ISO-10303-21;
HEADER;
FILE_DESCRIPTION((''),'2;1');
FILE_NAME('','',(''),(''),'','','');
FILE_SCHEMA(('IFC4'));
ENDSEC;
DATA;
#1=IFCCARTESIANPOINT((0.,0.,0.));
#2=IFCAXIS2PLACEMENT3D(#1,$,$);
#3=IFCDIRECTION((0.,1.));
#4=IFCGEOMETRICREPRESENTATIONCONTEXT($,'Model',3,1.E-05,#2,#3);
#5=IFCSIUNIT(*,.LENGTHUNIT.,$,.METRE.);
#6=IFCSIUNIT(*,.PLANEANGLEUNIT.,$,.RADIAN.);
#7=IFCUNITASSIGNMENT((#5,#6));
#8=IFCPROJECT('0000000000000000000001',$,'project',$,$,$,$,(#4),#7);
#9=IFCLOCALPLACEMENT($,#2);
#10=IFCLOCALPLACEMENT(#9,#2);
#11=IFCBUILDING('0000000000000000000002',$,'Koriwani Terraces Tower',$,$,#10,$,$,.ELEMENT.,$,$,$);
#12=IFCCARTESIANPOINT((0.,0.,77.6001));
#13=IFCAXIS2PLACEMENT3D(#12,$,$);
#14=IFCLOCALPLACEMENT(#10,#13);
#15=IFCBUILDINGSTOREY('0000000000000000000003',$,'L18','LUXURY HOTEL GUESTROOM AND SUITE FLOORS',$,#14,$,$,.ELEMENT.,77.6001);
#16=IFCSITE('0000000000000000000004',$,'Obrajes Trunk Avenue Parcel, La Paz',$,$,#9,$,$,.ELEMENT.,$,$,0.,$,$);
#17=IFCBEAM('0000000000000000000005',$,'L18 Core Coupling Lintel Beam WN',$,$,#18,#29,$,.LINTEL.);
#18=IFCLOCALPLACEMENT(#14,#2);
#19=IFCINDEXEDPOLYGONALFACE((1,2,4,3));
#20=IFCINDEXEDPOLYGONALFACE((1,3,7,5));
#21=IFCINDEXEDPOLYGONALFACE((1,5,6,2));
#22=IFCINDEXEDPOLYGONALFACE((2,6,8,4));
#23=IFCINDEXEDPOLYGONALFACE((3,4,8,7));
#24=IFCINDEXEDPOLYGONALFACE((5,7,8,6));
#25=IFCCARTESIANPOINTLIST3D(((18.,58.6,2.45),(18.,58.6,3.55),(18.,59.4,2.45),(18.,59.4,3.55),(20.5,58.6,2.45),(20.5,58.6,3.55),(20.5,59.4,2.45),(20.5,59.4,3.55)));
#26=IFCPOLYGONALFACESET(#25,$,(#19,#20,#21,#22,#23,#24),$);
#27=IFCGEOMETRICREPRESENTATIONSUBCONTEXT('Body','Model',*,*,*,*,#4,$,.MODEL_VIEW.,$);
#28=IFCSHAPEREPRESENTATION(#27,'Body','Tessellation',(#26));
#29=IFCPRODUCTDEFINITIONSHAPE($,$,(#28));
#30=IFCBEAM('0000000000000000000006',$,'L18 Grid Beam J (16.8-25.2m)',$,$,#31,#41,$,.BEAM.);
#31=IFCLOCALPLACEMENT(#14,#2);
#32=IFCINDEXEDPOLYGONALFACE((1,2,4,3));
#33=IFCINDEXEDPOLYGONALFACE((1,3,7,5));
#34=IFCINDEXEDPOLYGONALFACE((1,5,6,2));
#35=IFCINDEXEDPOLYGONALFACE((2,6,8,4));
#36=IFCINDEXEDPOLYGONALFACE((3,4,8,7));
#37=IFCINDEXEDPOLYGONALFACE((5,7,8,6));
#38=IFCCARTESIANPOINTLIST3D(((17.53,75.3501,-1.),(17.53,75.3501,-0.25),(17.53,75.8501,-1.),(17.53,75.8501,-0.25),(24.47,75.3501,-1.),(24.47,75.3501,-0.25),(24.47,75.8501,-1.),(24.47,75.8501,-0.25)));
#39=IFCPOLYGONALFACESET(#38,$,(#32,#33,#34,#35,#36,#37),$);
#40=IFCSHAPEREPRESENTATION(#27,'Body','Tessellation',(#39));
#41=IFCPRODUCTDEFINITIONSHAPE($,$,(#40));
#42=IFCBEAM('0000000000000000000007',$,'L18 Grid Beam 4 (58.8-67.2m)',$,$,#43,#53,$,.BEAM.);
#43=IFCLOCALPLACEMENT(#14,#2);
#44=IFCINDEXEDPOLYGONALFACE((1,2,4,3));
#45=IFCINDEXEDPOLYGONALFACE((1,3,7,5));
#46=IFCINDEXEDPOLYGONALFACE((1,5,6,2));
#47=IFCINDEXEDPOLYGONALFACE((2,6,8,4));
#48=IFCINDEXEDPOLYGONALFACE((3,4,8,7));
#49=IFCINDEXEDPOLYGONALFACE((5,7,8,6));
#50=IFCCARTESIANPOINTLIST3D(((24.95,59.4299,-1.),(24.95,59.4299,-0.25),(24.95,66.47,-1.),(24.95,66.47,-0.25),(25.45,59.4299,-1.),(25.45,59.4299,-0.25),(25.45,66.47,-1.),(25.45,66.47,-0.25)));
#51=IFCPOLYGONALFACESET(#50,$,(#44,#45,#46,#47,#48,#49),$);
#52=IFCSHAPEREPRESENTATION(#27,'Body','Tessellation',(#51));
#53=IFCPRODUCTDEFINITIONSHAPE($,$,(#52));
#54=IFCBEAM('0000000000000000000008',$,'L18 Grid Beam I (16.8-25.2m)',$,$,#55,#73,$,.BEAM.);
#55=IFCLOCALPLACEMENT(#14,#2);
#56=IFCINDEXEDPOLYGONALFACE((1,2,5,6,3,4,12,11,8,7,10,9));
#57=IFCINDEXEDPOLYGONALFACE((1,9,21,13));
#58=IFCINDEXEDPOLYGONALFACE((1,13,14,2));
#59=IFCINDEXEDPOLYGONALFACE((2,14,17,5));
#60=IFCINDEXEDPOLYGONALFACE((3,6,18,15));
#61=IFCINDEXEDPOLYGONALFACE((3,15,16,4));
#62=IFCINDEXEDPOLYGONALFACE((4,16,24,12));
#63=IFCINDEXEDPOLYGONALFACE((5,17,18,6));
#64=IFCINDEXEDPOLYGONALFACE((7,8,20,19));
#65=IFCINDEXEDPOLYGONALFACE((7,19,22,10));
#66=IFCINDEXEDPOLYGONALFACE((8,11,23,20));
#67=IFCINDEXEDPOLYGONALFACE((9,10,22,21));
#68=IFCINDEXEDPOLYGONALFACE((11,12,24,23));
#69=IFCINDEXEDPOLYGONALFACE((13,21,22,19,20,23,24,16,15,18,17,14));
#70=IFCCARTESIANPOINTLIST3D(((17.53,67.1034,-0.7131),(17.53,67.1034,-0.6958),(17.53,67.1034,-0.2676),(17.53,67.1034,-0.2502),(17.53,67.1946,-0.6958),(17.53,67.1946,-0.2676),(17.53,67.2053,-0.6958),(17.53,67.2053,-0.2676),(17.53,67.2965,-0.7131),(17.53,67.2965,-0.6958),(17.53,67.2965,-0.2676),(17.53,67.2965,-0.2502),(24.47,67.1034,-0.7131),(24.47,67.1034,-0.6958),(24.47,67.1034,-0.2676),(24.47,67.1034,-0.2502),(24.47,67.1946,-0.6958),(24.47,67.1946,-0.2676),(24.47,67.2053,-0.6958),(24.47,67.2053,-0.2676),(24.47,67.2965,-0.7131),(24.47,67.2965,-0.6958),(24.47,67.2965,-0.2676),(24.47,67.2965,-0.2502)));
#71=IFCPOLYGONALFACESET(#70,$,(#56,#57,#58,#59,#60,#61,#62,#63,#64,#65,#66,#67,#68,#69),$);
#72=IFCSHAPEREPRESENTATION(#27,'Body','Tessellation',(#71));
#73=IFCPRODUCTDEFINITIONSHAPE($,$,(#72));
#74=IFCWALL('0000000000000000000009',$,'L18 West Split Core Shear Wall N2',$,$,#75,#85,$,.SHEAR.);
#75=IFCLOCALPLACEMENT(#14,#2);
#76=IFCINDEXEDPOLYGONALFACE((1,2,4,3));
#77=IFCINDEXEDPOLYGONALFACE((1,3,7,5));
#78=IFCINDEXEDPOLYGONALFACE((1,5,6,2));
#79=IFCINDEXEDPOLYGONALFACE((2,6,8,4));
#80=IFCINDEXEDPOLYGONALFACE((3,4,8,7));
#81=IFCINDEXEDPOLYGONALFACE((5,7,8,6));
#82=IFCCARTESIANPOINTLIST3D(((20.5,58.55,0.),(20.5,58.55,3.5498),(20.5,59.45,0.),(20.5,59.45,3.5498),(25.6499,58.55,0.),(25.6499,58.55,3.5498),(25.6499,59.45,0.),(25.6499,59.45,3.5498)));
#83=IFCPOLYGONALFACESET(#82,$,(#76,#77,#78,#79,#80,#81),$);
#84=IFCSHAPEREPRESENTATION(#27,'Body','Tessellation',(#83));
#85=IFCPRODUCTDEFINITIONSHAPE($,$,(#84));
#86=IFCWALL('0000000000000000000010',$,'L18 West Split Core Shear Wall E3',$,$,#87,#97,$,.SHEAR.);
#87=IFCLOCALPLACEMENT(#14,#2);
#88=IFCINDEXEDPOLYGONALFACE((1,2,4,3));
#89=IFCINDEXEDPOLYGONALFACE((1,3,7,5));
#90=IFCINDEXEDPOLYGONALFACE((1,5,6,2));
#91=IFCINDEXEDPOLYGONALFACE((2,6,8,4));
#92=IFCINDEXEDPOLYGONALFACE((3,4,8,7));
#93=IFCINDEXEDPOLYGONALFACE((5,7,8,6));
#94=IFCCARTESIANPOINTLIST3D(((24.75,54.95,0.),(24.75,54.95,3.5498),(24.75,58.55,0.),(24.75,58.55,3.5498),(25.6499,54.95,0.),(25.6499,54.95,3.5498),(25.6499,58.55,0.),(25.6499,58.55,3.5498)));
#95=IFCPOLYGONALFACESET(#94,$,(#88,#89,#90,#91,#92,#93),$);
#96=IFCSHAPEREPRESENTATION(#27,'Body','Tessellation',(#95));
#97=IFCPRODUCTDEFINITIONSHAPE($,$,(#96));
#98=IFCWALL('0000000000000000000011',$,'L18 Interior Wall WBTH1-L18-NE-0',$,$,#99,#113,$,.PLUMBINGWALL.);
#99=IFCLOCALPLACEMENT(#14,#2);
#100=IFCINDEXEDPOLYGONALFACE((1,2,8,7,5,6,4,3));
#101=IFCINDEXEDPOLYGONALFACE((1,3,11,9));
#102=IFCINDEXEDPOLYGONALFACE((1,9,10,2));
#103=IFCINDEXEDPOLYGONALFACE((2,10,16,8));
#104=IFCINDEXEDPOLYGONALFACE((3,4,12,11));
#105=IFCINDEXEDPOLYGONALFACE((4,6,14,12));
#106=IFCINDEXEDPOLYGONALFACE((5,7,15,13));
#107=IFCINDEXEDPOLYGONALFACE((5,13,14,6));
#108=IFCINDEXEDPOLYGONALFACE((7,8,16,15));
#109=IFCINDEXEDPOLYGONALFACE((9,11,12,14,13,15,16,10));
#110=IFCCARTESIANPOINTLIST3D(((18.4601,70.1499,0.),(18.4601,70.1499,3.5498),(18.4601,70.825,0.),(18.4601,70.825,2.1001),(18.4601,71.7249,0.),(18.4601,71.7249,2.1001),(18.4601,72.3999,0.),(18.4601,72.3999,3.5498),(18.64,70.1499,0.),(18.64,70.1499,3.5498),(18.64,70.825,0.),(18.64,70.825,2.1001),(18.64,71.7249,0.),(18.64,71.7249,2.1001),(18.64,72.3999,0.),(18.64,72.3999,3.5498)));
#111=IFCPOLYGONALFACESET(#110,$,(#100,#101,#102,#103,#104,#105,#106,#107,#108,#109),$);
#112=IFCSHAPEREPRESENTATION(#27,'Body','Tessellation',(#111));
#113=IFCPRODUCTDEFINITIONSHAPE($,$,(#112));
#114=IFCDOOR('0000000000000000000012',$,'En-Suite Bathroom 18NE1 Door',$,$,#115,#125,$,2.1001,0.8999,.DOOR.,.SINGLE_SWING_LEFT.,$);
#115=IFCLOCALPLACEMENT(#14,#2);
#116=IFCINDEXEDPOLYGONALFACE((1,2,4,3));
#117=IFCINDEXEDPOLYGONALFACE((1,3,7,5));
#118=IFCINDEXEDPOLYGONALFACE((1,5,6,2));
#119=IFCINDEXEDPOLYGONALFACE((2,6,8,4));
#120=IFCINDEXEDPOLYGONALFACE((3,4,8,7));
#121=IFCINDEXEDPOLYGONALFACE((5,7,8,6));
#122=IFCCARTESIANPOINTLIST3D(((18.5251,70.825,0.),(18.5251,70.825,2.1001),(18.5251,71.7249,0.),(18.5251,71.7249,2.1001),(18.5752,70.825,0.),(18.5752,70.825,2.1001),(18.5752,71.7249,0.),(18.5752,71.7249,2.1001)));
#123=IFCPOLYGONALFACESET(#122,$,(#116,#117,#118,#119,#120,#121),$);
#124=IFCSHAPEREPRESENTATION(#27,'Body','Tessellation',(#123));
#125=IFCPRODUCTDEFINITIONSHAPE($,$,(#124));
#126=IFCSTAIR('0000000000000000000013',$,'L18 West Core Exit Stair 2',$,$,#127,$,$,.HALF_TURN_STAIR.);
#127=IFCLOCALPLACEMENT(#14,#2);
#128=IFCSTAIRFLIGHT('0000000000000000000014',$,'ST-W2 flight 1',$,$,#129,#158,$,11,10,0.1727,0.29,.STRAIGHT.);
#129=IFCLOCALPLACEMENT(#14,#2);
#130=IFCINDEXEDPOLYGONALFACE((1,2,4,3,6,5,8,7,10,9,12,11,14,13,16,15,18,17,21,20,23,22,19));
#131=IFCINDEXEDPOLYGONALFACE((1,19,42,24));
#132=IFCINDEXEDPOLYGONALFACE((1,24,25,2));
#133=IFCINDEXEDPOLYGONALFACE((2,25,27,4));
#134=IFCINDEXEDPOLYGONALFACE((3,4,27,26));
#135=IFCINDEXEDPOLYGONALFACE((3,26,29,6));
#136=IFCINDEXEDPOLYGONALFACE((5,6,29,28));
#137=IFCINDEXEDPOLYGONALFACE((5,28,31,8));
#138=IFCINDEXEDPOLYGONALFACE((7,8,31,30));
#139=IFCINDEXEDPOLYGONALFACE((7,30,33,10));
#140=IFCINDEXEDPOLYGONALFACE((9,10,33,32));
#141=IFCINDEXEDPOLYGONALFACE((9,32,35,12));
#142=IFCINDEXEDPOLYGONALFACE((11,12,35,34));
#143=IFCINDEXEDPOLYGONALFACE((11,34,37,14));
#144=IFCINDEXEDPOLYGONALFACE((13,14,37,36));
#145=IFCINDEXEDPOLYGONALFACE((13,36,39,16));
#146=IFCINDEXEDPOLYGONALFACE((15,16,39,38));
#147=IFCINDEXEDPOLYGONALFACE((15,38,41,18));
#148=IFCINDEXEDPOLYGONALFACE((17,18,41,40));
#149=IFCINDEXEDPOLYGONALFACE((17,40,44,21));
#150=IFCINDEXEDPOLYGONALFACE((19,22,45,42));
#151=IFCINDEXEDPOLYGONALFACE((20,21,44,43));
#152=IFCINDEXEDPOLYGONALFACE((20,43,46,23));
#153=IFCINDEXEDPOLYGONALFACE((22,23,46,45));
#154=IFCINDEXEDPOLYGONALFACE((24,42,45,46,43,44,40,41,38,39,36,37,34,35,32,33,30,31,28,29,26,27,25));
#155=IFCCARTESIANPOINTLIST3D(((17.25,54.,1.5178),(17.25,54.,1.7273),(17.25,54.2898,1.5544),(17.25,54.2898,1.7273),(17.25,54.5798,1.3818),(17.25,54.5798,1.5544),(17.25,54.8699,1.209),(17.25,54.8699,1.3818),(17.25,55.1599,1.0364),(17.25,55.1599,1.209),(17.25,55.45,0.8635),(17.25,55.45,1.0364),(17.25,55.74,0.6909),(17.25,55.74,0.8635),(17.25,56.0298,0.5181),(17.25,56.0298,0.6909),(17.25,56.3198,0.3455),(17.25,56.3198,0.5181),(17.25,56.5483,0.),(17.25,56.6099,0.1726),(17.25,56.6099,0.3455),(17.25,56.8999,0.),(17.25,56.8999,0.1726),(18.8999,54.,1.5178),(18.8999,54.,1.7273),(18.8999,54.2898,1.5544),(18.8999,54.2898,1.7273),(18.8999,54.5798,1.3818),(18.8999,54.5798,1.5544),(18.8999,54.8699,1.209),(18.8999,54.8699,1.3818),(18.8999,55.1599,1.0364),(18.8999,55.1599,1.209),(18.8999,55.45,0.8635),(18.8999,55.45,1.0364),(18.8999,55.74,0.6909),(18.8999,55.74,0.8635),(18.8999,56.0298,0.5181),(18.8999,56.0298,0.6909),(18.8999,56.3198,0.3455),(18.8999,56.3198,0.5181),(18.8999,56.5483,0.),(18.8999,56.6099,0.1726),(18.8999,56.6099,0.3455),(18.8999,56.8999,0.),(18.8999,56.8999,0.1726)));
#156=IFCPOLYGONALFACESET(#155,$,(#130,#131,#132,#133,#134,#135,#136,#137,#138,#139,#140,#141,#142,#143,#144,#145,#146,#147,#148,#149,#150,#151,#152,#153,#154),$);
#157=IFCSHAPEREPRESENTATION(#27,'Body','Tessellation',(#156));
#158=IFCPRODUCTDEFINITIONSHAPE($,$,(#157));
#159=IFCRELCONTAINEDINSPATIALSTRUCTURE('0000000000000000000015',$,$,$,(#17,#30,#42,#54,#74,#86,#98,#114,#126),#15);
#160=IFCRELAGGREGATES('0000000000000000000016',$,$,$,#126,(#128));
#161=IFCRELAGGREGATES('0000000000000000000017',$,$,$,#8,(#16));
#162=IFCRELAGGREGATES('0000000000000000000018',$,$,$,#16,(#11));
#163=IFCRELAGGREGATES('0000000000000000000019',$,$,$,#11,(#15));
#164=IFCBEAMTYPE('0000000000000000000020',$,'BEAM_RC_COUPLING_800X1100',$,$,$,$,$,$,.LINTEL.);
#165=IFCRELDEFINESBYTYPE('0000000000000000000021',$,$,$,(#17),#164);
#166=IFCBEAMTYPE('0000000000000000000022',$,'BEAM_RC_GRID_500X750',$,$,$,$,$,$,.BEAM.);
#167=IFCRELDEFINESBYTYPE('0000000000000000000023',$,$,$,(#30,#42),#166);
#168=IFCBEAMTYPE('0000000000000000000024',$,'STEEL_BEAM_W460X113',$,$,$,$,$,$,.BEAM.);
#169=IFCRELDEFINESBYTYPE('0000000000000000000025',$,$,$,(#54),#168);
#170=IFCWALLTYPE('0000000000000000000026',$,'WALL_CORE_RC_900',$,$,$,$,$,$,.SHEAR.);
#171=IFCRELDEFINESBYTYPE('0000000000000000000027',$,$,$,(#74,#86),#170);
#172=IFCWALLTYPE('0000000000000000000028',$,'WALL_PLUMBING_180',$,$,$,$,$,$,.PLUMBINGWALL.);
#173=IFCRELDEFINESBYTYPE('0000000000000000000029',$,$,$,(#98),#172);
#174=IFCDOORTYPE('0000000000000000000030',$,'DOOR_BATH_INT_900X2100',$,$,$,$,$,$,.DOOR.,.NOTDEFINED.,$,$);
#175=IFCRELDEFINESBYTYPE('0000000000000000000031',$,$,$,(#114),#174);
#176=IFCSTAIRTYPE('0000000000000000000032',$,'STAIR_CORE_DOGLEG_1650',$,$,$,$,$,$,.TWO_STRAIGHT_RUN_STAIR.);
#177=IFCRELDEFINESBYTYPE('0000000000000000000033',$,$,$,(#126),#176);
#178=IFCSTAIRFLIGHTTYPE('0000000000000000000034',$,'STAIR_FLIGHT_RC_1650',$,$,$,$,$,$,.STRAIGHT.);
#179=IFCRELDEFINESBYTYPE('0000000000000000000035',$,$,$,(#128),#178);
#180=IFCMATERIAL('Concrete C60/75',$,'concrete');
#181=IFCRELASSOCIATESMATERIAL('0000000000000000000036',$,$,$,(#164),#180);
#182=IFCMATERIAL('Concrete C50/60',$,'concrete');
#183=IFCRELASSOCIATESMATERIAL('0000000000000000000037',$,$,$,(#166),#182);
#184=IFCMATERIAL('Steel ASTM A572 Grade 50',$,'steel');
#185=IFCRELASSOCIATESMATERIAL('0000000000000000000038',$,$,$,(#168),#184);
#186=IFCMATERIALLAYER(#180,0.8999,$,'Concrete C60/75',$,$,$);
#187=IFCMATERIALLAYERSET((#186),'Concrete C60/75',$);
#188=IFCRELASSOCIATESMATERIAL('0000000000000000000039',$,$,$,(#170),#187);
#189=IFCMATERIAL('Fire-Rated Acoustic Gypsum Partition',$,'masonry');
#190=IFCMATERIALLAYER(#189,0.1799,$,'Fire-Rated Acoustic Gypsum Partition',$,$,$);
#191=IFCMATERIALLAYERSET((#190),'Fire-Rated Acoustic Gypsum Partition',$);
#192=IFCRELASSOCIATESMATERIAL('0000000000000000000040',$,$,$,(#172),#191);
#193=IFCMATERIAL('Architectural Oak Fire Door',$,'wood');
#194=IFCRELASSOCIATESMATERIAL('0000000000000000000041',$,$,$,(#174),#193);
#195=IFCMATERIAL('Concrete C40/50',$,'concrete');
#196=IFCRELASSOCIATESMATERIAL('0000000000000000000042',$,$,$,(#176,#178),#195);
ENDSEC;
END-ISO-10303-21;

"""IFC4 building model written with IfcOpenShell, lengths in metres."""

from ifc_helpers import new_model, si_unit, direction, frame, frame_2d, origin, origin_2d, place, context, subcontext, project, spatial, polyline, rectangle, i_section, outline, extrude, material, layer, layer_set, material_profile, profile_set, type_object, element, fill, aggregate, save


model = new_model("IFC4")

# Units and contexts
model_context = context("Model", 3, precision=1e-05, world=origin(), true_north=direction((0.0, 1.0)))
body_context = subcontext(model_context, "Body", "Model", "MODEL_VIEW")
ifc_project = project(units=[si_unit("LENGTHUNIT", "METRE"), si_unit("PLANEANGLEUNIT", "RADIAN")], contexts=[model_context])

# Site, building, storey
site_placement = place(None, origin())
site = spatial("IfcSite", under=ifc_project, at=site_placement, Name="Obrajes Trunk Avenue Parcel, La Paz", CompositionType="ELEMENT", RefElevation=0.0)
building_placement = place(site_placement, origin())
building = spatial("IfcBuilding", under=site, at=building_placement, Name="Koriwani Terraces Tower", CompositionType="ELEMENT")
storey_placement = place(building_placement, frame((0.0, 0.0, 77.6001)))
storey = spatial("IfcBuildingStorey", under=building, at=storey_placement, Name="L18", Description="LUXURY HOTEL GUESTROOM AND SUITE FLOORS", CompositionType="ELEMENT", Elevation=77.6001)

# Beams
ifc_material_1 = material(Name="Concrete C60/75", Category="concrete")
ifc_material_profile_1 = material_profile(ifc_material_1, rectangle(XDim=0.8, YDim=1.1001, at=origin_2d()), Name="Concrete C60/75", Category="LoadBearing")
ifc_profile_set_1 = profile_set([ifc_material_profile_1], Name="Concrete C60/75")
beam_type_1 = type_object("IfcBeamType", Name="BEAM_RC_COUPLING_800X1100", PredefinedType="LINTEL", material=ifc_profile_set_1)
beam_1_placement = place(storey_placement, frame((18.0, 59.0, 3.0), z_axis=(1.0, 0.0, 0.0), x_axis=(0.0, 1.0, 0.0)))
element("IfcBeam", 1, at=beam_1_placement, inside=storey, type_object=beam_type_1, Name="L18 Core Coupling Lintel Beam WN", PredefinedType="LINTEL", context=body_context, shape_type="SweptSolid", body=[
    extrude(rectangle(XDim=0.8, YDim=1.1001, at=origin_2d()), origin(), (0.0, 0.0, 1.0), 2.5),
])
ifc_material_2 = material(Name="Concrete C50/60", Category="concrete")
ifc_material_profile_2 = material_profile(ifc_material_2, rectangle(XDim=0.5, YDim=0.75, at=origin_2d()), Name="Concrete C50/60", Category="LoadBearing")
ifc_profile_set_2 = profile_set([ifc_material_profile_2], Name="Concrete C50/60")
beam_type_2 = type_object("IfcBeamType", Name="BEAM_RC_GRID_500X750", PredefinedType="BEAM", material=ifc_profile_set_2)
beam_2_placement = place(storey_placement, frame((17.53, 75.6001, -0.625), z_axis=(1.0, 0.0, 0.0), x_axis=(0.0, 1.0, 0.0)))
element("IfcBeam", 2, at=beam_2_placement, inside=storey, type_object=beam_type_2, Name="L18 Grid Beam J (16.8-25.2m)", PredefinedType="BEAM", context=body_context, shape_type="SweptSolid", body=[
    extrude(rectangle(XDim=0.5, YDim=0.75, at=origin_2d()), origin(), (0.0, 0.0, 1.0), 6.9399),
])
beam_3_placement = place(storey_placement, frame((25.2, 59.4299, -0.625), z_axis=(0.0, 1.0, 0.0), x_axis=(-1.0, 0.0, 0.0)))
element("IfcBeam", 3, at=beam_3_placement, inside=storey, type_object=beam_type_2, Name="L18 Grid Beam 4 (58.8-67.2m)", PredefinedType="BEAM", context=body_context, shape_type="SweptSolid", body=[
    extrude(rectangle(XDim=0.5, YDim=0.75, at=origin_2d()), origin(), (0.0, 0.0, 1.0), 7.04),
])
ifc_material_3 = material(Name="Steel ASTM A572 Grade 50", Category="steel")
ifc_material_profile_3 = material_profile(ifc_material_3, i_section(OverallWidth=0.1931, OverallDepth=0.4629, WebThickness=0.0107, FlangeThickness=0.0173, at=origin_2d()), Name="Steel ASTM A572 Grade 50", Category="LoadBearing")
ifc_profile_set_3 = profile_set([ifc_material_profile_3], Name="Steel ASTM A572 Grade 50")
beam_type_3 = type_object("IfcBeamType", Name="STEEL_BEAM_W460X113", PredefinedType="BEAM", material=ifc_profile_set_3)
beam_4_placement = place(storey_placement, frame((17.53, 67.2, -0.4817), z_axis=(1.0, 0.0, 0.0), x_axis=(0.0, 1.0, 0.0)))
element("IfcBeam", 4, at=beam_4_placement, inside=storey, type_object=beam_type_3, Name="L18 Grid Beam I (16.8-25.2m)", PredefinedType="BEAM", context=body_context, shape_type="SweptSolid", body=[
    extrude(i_section(OverallWidth=0.1931, OverallDepth=0.4629, WebThickness=0.0107, FlangeThickness=0.0173, at=origin_2d()), origin(), (0.0, 0.0, 1.0), 6.9399),
])

# Walls
ifc_layer_1 = layer(ifc_material_1, 0.8999, Name="Concrete C60/75")
ifc_layer_set_1 = layer_set([ifc_layer_1], Name="Concrete C60/75")
wall_type_1 = type_object("IfcWallType", Name="WALL_CORE_RC_900", PredefinedType="SHEAR", material=ifc_layer_set_1)
wall_1_placement = place(storey_placement, frame((20.5, 59.0, 0.0), z_axis=(0.0, 0.0, 1.0), x_axis=(1.0, 0.0, 0.0)))
element("IfcWall", 5, at=wall_1_placement, inside=storey, type_object=wall_type_1, Name="L18 West Split Core Shear Wall N2", PredefinedType="SHEAR", context=body_context, shape_type="SweptSolid", body=[
    extrude(rectangle(XDim=5.1499, YDim=0.8999, at=frame_2d((2.575, 0.0))), origin(), (0.0, 0.0, 1.0), 3.5498),
])
wall_2_placement = place(storey_placement, frame((25.2, 54.95, 0.0), z_axis=(0.0, 0.0, 1.0), x_axis=(0.0, 1.0, 0.0)))
element("IfcWall", 6, at=wall_2_placement, inside=storey, type_object=wall_type_1, Name="L18 West Split Core Shear Wall E3", PredefinedType="SHEAR", context=body_context, shape_type="SweptSolid", body=[
    extrude(rectangle(XDim=3.6001, YDim=0.8999, at=frame_2d((1.8, 0.0))), origin(), (0.0, 0.0, 1.0), 3.5498),
])

# Wall, opening, door
ifc_material_4 = material(Name="Fire-Rated Acoustic Gypsum Partition", Category="masonry")
ifc_layer_2 = layer(ifc_material_4, 0.1799, Name="Fire-Rated Acoustic Gypsum Partition")
ifc_layer_set_2 = layer_set([ifc_layer_2], Name="Fire-Rated Acoustic Gypsum Partition")
wall_type_2 = type_object("IfcWallType", Name="WALL_PLUMBING_180", PredefinedType="PLUMBINGWALL", material=ifc_layer_set_2)
wall_3_placement = place(storey_placement, frame((18.55, 70.1499, 0.0), z_axis=(0.0, 0.0, 1.0), x_axis=(0.0, 1.0, 0.0)))
wall_3 = element("IfcWall", 7, at=wall_3_placement, inside=storey, type_object=wall_type_2, Name="L18 Interior Wall WBTH1-L18-NE-0", PredefinedType="PLUMBINGWALL", context=body_context, shape_type="SweptSolid", body=[
    extrude(rectangle(XDim=2.25, YDim=0.1799, at=frame_2d((1.125, 0.0))), origin(), (0.0, 0.0, 1.0), 3.5498),
])
opening_1_placement = place(wall_3_placement, frame((0.675, 0.0, 0.0)))
opening_1 = element("IfcOpeningElement", 8, at=opening_1_placement, cuts=wall_3, PredefinedType="OPENING", context=body_context, shape_type="SweptSolid", body=[
    extrude(rectangle(XDim=0.8999, YDim=2.1001, at=frame_2d((0.45, 1.05))), frame((0.0, 0.1001, 0.0), z_axis=(0.0, -1.0, 0.0), x_axis=(1.0, 0.0, 0.0)), (0.0, 0.0, 1.0), 0.2),
])
ifc_material_5 = material(Name="Architectural Oak Fire Door", Category="wood")
door_type_1 = type_object("IfcDoorType", Name="DOOR_BATH_INT_900X2100", OperationType="NOTDEFINED", PredefinedType="DOOR", material=ifc_material_5)
door_1_placement = place(opening_1_placement, origin())
door_1 = element("IfcDoor", 9, at=door_1_placement, inside=storey, type_object=door_type_1, Name="En-Suite Bathroom 18NE1 Door", OperationType="SINGLE_SWING_LEFT", OverallHeight=2.1001, OverallWidth=0.8999, PredefinedType="DOOR", context=body_context, shape_type="SweptSolid", body=[
    extrude(rectangle(XDim=0.8999, YDim=2.1001, at=frame_2d((0.45, 1.05))), frame((0.0, 0.0249, 0.0), z_axis=(0.0, -1.0, 0.0), x_axis=(1.0, 0.0, 0.0)), (0.0, 0.0, 1.0), 0.05),
])
fill(opening_1, door_1)
ifc_material_6 = material(Name="Concrete C40/50", Category="concrete")

# Stair, stair flight
stair_type = type_object("IfcStairType", Name="STAIR_CORE_DOGLEG_1650", PredefinedType="TWO_STRAIGHT_RUN_STAIR", material=ifc_material_6)
stair_placement = place(storey_placement, origin())
stair = element("IfcStair", 10, at=stair_placement, inside=storey, type_object=stair_type, Name="L18 West Core Exit Stair 2", PredefinedType="HALF_TURN_STAIR")
stair_flight_type = type_object("IfcStairFlightType", Name="STAIR_FLIGHT_RC_1650", PredefinedType="STRAIGHT", material=ifc_material_6)
stair_flight_1_placement = place(storey_placement, frame((18.075, 56.8999, 0.0), z_axis=(0.0, 0.0, 1.0), x_axis=(0.0, -1.0, 0.0)))
stair_flight_1 = element("IfcStairFlight", 11, at=stair_flight_1_placement, type_object=stair_flight_type, Name="ST-W2 flight 1", NumberOfRisers=11, NumberOfTreads=10, PredefinedType="STRAIGHT", RiserHeight=0.1727, TreadLength=0.29, context=body_context, shape_type="SweptSolid", body=[
    extrude(outline(polyline([(0.0, 0.0), (0.0, 0.1726), (0.29, 0.1726), (0.29, 0.3455), (0.5801, 0.3455), (0.5801, 0.5181), (0.8701, 0.5181), (0.8701, 0.6909), (1.1599, 0.6909), (1.1599, 0.8635), (1.45, 0.8635), (1.45, 1.0364), (1.74, 1.0364), (1.74, 1.209), (2.03, 1.209), (2.03, 1.3818), (2.3201, 1.3818), (2.3201, 1.5544), (2.6101, 1.5544), (2.6101, 1.7273), (2.8999, 1.7273), (2.8999, 1.8999), (2.8999, 1.5178), (0.3516, 0.0), (0.0, 0.0)])), frame((0.0, 0.825, 0.0), z_axis=(0.0, -1.0, 0.0), x_axis=(1.0, 0.0, 0.0)), (0.0, 0.0, 1.0), 1.6499),
])
aggregate(stair, [stair_flight_1])

save(model, "model.ifc")
